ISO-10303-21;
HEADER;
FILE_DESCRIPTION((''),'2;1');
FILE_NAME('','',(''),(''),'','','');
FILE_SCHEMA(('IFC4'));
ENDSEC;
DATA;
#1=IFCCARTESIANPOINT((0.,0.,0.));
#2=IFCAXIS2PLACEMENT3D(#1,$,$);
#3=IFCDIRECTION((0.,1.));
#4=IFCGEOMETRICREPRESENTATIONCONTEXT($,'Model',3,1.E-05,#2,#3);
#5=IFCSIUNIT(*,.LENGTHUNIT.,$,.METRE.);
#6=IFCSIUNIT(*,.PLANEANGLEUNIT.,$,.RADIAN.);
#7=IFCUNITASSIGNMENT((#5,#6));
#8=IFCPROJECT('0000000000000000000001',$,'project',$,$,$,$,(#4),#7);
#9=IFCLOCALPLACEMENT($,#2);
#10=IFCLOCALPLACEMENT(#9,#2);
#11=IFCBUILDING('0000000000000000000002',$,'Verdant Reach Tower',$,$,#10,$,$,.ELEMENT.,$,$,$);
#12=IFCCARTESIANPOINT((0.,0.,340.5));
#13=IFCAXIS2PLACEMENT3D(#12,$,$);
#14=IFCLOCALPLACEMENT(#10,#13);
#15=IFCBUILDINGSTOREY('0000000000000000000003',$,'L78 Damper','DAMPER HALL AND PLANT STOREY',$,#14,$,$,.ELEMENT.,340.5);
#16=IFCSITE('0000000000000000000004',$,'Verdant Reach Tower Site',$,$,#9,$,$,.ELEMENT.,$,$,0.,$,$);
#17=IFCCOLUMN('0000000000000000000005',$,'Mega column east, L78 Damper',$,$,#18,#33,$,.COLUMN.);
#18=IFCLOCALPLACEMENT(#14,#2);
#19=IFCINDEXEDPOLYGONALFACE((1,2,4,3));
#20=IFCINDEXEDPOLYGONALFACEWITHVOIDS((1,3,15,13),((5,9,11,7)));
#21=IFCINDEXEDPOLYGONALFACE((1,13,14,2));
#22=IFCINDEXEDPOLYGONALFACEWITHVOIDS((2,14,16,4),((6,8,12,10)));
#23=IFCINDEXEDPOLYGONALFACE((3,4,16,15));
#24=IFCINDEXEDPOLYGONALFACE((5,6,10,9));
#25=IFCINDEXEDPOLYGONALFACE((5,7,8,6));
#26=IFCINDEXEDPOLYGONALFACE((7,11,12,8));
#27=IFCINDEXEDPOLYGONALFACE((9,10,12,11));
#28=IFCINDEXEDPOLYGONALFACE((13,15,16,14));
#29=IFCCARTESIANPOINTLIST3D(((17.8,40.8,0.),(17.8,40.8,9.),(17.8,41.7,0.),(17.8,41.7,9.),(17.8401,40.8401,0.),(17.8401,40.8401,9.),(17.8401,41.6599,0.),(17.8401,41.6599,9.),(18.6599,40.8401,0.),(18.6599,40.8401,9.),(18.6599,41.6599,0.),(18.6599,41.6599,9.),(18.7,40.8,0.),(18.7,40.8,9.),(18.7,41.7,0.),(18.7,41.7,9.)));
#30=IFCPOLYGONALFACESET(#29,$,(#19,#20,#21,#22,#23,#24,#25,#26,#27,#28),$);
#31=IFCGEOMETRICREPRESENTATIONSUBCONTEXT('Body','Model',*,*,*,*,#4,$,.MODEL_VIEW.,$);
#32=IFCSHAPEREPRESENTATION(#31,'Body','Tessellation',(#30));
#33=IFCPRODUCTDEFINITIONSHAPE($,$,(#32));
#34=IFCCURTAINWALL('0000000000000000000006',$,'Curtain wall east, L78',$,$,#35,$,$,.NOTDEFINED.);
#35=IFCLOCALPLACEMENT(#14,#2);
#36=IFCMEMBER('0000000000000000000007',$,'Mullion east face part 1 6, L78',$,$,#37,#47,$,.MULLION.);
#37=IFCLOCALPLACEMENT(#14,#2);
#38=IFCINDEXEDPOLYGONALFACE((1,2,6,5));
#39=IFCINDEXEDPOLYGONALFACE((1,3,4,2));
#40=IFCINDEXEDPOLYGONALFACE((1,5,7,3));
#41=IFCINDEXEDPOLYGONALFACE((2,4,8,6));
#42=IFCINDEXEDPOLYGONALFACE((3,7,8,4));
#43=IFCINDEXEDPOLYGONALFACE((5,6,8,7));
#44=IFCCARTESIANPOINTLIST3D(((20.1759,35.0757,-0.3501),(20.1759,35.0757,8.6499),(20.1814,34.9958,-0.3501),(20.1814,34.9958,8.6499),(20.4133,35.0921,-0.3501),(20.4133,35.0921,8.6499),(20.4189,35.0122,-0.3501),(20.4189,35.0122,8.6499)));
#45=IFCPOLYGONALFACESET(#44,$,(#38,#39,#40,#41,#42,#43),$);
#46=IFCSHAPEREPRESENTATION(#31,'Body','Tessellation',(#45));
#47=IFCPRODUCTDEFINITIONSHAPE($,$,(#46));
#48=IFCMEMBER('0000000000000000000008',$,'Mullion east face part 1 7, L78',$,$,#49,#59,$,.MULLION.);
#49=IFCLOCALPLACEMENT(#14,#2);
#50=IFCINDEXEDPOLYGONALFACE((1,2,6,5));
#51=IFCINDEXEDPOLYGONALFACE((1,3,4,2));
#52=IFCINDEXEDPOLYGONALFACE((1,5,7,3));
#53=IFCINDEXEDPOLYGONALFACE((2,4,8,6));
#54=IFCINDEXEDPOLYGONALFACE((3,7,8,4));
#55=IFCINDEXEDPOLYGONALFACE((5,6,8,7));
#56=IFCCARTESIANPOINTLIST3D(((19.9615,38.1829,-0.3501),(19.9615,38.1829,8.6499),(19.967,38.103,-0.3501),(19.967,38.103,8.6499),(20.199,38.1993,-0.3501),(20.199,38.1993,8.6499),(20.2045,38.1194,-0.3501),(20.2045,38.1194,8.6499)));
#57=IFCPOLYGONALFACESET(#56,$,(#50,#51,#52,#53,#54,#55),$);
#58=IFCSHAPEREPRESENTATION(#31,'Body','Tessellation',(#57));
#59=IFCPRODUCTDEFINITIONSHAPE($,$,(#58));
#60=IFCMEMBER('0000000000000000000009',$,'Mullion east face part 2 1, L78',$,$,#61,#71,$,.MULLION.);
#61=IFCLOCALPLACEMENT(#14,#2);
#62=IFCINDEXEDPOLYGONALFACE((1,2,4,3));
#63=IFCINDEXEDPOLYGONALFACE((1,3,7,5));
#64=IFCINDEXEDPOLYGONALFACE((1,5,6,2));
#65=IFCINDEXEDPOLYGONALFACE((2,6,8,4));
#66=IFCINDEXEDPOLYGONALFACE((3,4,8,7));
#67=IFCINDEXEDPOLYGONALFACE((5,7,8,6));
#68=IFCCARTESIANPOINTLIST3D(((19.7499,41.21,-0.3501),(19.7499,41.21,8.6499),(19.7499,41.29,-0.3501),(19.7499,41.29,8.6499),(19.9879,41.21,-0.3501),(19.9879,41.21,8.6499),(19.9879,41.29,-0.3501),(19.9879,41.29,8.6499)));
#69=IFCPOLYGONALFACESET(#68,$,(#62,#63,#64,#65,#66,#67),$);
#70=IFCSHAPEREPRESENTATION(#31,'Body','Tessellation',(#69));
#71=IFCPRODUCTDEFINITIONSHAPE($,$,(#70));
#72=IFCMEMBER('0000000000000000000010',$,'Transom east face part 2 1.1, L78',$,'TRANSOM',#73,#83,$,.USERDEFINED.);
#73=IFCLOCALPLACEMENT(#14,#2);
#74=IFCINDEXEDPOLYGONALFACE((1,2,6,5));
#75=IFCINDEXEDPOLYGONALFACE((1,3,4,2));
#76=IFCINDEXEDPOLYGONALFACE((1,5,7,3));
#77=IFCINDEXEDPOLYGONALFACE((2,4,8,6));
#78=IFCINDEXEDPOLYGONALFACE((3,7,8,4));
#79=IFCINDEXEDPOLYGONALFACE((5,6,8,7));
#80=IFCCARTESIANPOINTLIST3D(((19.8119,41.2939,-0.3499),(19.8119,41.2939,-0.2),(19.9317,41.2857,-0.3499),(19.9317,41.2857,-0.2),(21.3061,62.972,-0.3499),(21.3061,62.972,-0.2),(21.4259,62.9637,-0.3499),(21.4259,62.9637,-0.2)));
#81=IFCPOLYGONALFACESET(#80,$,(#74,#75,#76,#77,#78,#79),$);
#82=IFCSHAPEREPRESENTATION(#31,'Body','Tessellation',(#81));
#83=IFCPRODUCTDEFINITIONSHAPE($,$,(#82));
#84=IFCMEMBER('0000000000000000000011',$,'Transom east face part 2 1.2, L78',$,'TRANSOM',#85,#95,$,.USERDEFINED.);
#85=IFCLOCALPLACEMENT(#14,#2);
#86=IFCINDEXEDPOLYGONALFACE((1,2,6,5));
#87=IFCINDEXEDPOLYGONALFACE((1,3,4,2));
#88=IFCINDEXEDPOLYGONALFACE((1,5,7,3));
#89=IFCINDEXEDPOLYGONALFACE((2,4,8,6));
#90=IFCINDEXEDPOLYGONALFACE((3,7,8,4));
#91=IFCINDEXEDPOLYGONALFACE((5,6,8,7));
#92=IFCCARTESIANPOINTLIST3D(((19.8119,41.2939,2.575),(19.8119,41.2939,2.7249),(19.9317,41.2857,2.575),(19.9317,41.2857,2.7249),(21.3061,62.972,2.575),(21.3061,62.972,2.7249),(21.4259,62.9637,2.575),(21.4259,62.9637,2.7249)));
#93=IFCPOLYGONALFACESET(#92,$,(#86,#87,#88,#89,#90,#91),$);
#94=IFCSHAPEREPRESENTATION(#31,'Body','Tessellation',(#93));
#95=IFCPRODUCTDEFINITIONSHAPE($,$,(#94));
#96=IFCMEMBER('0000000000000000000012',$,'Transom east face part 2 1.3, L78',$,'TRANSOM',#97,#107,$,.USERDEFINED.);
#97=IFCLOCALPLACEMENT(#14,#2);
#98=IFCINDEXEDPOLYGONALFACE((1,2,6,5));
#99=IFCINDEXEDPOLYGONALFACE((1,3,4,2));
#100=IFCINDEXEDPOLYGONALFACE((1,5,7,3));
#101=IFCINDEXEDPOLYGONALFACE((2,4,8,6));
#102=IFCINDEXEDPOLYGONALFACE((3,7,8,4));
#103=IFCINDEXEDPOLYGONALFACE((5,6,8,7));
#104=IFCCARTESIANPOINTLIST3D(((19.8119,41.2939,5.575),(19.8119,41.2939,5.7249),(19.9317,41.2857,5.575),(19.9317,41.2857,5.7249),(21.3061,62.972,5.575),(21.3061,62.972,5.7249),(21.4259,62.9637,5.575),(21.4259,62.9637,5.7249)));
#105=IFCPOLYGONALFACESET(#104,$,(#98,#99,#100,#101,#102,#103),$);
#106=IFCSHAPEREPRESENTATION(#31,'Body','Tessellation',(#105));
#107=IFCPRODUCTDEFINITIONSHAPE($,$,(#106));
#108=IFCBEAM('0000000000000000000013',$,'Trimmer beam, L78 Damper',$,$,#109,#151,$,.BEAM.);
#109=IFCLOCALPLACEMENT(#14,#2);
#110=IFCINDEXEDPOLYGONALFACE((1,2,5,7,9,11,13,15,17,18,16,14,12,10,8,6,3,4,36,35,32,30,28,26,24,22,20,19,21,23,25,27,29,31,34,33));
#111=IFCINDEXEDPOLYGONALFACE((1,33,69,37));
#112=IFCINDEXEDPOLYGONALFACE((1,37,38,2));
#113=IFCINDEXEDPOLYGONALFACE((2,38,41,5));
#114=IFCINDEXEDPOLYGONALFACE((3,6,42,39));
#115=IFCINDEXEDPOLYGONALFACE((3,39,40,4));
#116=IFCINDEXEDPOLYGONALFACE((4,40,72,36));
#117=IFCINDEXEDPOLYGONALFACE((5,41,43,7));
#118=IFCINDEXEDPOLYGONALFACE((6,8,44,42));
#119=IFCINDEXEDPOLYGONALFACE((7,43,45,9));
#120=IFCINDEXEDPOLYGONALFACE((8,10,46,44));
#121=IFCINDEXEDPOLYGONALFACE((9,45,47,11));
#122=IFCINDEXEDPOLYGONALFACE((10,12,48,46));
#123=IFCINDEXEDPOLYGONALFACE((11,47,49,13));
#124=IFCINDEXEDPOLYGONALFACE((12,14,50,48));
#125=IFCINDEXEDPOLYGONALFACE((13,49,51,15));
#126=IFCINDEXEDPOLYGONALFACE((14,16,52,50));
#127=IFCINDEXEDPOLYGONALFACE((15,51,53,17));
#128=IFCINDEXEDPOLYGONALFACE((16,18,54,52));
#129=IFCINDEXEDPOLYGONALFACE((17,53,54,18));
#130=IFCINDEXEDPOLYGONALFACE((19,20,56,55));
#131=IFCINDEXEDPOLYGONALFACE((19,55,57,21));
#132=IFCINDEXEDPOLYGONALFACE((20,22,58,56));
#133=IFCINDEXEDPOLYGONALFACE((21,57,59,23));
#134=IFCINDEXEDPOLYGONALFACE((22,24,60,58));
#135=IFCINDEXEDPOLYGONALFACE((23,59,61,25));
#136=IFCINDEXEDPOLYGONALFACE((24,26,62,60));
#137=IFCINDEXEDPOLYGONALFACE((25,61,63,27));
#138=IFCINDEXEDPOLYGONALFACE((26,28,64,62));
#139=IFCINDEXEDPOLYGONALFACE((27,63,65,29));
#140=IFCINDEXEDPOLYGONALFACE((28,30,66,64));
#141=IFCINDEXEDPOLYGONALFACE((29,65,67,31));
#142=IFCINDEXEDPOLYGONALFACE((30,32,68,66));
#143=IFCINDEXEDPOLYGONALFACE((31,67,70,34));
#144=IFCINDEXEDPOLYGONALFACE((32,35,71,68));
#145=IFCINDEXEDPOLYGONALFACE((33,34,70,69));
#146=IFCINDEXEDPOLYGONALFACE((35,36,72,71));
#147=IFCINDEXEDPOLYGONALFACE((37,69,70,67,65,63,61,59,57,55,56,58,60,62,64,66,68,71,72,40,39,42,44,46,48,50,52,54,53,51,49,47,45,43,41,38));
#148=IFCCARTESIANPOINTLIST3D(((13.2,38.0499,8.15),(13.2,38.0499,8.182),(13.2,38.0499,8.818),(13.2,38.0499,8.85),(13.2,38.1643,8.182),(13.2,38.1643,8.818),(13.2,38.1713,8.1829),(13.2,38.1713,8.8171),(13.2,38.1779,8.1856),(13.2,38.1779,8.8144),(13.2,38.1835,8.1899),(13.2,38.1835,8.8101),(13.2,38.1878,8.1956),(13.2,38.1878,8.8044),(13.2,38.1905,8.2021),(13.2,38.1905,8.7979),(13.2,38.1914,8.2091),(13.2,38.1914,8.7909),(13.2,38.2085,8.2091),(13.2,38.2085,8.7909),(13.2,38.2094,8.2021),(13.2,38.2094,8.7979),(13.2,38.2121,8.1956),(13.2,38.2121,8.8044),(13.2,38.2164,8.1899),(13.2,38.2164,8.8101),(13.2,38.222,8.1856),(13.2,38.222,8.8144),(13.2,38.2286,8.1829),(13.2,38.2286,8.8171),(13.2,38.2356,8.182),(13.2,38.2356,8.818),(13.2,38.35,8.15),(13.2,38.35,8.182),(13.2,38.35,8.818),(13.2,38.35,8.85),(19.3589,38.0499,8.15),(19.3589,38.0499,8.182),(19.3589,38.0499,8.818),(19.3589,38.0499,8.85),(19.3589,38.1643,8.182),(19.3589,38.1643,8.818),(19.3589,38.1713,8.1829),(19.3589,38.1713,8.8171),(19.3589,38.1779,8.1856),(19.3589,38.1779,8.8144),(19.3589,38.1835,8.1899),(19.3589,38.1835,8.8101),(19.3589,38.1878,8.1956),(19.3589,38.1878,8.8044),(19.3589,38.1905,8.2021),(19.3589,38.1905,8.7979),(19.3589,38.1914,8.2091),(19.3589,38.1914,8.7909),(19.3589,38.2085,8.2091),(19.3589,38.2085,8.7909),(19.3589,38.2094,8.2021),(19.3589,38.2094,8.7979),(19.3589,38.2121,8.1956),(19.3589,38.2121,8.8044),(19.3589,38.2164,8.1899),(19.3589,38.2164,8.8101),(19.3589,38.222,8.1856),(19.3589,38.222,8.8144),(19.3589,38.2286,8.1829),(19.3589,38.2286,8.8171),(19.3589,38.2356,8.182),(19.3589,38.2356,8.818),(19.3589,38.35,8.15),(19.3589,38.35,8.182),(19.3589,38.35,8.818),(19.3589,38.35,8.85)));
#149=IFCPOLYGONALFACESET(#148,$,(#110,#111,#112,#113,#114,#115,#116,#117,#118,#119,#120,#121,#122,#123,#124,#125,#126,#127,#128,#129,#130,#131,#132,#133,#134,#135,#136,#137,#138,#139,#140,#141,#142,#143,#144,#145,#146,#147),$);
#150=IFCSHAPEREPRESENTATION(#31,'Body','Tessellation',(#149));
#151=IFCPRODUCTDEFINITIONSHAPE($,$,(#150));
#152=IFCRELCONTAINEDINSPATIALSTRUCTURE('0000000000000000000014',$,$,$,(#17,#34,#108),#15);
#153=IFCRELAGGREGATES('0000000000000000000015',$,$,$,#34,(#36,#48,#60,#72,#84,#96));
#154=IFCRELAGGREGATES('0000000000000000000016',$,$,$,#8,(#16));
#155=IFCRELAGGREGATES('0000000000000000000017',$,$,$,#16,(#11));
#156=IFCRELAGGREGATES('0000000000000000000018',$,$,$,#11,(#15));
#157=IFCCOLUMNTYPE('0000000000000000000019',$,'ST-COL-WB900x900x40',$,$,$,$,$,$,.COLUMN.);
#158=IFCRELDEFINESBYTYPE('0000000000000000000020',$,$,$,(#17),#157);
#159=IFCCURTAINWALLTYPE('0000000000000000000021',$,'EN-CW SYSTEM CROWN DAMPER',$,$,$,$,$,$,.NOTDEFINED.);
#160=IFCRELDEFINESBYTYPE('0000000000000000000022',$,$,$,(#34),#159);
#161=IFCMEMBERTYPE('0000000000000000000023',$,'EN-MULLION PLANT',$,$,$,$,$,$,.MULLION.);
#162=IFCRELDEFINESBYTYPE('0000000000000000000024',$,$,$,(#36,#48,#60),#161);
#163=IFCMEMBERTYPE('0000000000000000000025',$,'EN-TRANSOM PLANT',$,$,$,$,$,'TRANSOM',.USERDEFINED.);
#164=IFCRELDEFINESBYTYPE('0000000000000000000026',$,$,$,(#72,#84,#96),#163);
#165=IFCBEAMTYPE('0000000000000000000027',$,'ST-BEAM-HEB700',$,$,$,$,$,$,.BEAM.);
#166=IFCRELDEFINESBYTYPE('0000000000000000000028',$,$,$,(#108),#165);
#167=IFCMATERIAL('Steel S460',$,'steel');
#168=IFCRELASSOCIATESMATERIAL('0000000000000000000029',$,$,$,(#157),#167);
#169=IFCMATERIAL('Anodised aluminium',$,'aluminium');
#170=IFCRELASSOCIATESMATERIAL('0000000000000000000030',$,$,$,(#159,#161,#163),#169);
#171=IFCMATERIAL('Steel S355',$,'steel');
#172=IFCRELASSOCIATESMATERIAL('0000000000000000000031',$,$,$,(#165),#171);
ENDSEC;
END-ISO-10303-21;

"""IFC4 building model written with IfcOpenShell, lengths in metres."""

from ifc_helpers import new_model, si_unit, direction, frame, origin, origin_2d, place, context, subcontext, project, spatial, rectangle, hollow_rectangle, i_section, extrude, material, material_profile, profile_set, type_object, element, aggregate, save


model = new_model("IFC4")

# Units and contexts
model_context = context("Model", 3, precision=1e-05, world=origin(), true_north=direction((0.0, 1.0)))
body_context = subcontext(model_context, "Body", "Model", "MODEL_VIEW")
ifc_project = project(units=[si_unit("LENGTHUNIT", "METRE"), si_unit("PLANEANGLEUNIT", "RADIAN")], contexts=[model_context])

# Site, building, storey
site_placement = place(None, origin())
site = spatial("IfcSite", under=ifc_project, at=site_placement, Name="Verdant Reach Tower Site", CompositionType="ELEMENT", RefElevation=0.0)
building_placement = place(site_placement, origin())
building = spatial("IfcBuilding", under=site, at=building_placement, Name="Verdant Reach Tower", CompositionType="ELEMENT")
storey_placement = place(building_placement, frame((0.0, 0.0, 340.5)))
storey = spatial("IfcBuildingStorey", under=building, at=storey_placement, Name="L78 Damper", Description="DAMPER HALL AND PLANT STOREY", CompositionType="ELEMENT", Elevation=340.5)

# Column
ifc_material_1 = material(Name="Steel S460", Category="steel")
ifc_material_profile_1 = material_profile(ifc_material_1, hollow_rectangle(XDim=0.8999, YDim=0.8999, WallThickness=0.04, at=origin_2d()), Name="WB 900x900x40")
ifc_profile_set_1 = profile_set([ifc_material_profile_1], Name="Steel S460")
column_type = type_object("IfcColumnType", Name="ST-COL-WB900x900x40", PredefinedType="COLUMN", material=ifc_profile_set_1)
column_placement = place(storey_placement, frame((18.25, 41.25, 0.0), z_axis=(0.0, 0.0, 1.0), x_axis=(1.0, 0.0, 0.0)))
element("IfcColumn", 1, at=column_placement, inside=storey, type_object=column_type, Name="Mega column east, L78 Damper", PredefinedType="COLUMN", context=body_context, shape_type="SweptSolid", body=[
    extrude(hollow_rectangle(XDim=0.8999, YDim=0.8999, WallThickness=0.04, at=origin_2d()), origin(), (0.0, 0.0, 1.0), 9.0),
])

# Curtain wall, members
ifc_material_2 = material(Name="Anodised aluminium", Category="aluminium")
curtain_wall_type = type_object("IfcCurtainWallType", Name="EN-CW SYSTEM CROWN DAMPER", PredefinedType="NOTDEFINED", material=ifc_material_2)
curtain_wall_placement = place(storey_placement, origin())
curtain_wall = element("IfcCurtainWall", 2, at=curtain_wall_placement, inside=storey, type_object=curtain_wall_type, Name="Curtain wall east, L78", PredefinedType="NOTDEFINED")
ifc_material_profile_2 = material_profile(ifc_material_2, rectangle(XDim=0.238, YDim=0.0801, at=origin_2d()), Name="Mullion 80x240")
ifc_profile_set_2 = profile_set([ifc_material_profile_2], Name="Anodised aluminium")
member_type_1 = type_object("IfcMemberType", Name="EN-MULLION PLANT", PredefinedType="MULLION", material=ifc_profile_set_2)
member_1_placement = place(storey_placement, frame((20.2974, 35.0439, -0.3501), z_axis=(0.0, 0.0, 1.0), x_axis=(0.99763, 0.068802, 0.0)))
member_1 = element("IfcMember", 3, at=member_1_placement, type_object=member_type_1, Name="Mullion east face part 1 6, L78", PredefinedType="MULLION", context=body_context, shape_type="SweptSolid", body=[
    extrude(rectangle(XDim=0.238, YDim=0.0801, at=origin_2d()), origin(), (0.0, 0.0, 1.0), 9.0),
])
member_2_placement = place(storey_placement, frame((20.083, 38.1511, -0.3501), z_axis=(0.0, 0.0, 1.0), x_axis=(0.99763, 0.068802, 0.0)))
member_2 = element("IfcMember", 4, at=member_2_placement, type_object=member_type_1, Name="Mullion east face part 1 7, L78", PredefinedType="MULLION", context=body_context, shape_type="SweptSolid", body=[
    extrude(rectangle(XDim=0.238, YDim=0.0801, at=origin_2d()), origin(), (0.0, 0.0, 1.0), 9.0),
])
member_3_placement = place(storey_placement, frame((19.8689, 41.25, -0.3501), z_axis=(0.0, 0.0, 1.0), x_axis=(1.0, 0.0, 0.0)))
member_3 = element("IfcMember", 5, at=member_3_placement, type_object=member_type_1, Name="Mullion east face part 2 1, L78", PredefinedType="MULLION", context=body_context, shape_type="SweptSolid", body=[
    extrude(rectangle(XDim=0.238, YDim=0.0801, at=origin_2d()), origin(), (0.0, 0.0, 1.0), 9.0),
])
ifc_material_profile_3 = material_profile(ifc_material_2, rectangle(XDim=0.1201, YDim=0.1499, at=origin_2d()), Name="Transom 150x120")
ifc_profile_set_3 = profile_set([ifc_material_profile_3], Name="Anodised aluminium")
member_type_2 = type_object("IfcMemberType", Name="EN-TRANSOM PLANT", ElementType="TRANSOM", PredefinedType="USERDEFINED", material=ifc_profile_set_3)
member_4_placement = place(storey_placement, frame((19.8718, 41.2898, -0.2749), z_axis=(0.068761, 0.997633, 0.0), x_axis=(-0.997633, 0.068761, 0.0)))
member_4 = element("IfcMember", 6, at=member_4_placement, type_object=member_type_2, Name="Transom east face part 2 1.1, L78", ObjectType="TRANSOM", PredefinedType="USERDEFINED", context=body_context, shape_type="SweptSolid", body=[
    extrude(rectangle(XDim=0.1201, YDim=0.1499, at=origin_2d()), origin(), (0.0, 0.0, 1.0), 21.7295),
])
member_5_placement = place(storey_placement, frame((19.8718, 41.2898, 2.6499), z_axis=(0.068761, 0.997633, 0.0), x_axis=(-0.997633, 0.068761, 0.0)))
member_5 = element("IfcMember", 7, at=member_5_placement, type_object=member_type_2, Name="Transom east face part 2 1.2, L78", ObjectType="TRANSOM", PredefinedType="USERDEFINED", context=body_context, shape_type="SweptSolid", body=[
    extrude(rectangle(XDim=0.1201, YDim=0.1499, at=origin_2d()), origin(), (0.0, 0.0, 1.0), 21.7295),
])
member_6_placement = place(storey_placement, frame((19.8718, 41.2898, 5.6499), z_axis=(0.068761, 0.997633, 0.0), x_axis=(-0.997633, 0.068761, 0.0)))
member_6 = element("IfcMember", 8, at=member_6_placement, type_object=member_type_2, Name="Transom east face part 2 1.3, L78", ObjectType="TRANSOM", PredefinedType="USERDEFINED", context=body_context, shape_type="SweptSolid", body=[
    extrude(rectangle(XDim=0.1201, YDim=0.1499, at=origin_2d()), origin(), (0.0, 0.0, 1.0), 21.7295),
])

# Beam
ifc_material_3 = material(Name="Steel S355", Category="steel")
ifc_material_profile_4 = material_profile(ifc_material_3, i_section(OverallWidth=0.3, OverallDepth=0.7, WebThickness=0.0171, FlangeThickness=0.032, FilletRadius=0.0271, at=origin_2d()), Name="HEB 700")
ifc_profile_set_4 = profile_set([ifc_material_profile_4], Name="Steel S355")
beam_type_1 = type_object("IfcBeamType", Name="ST-BEAM-HEB700", PredefinedType="BEAM", material=ifc_profile_set_4)
beam_1_placement = place(storey_placement, frame((13.2, 38.2, 8.5), z_axis=(1.0, 0.0, 0.0), x_axis=(0.0, 1.0, 0.0)))
element("IfcBeam", 9, at=beam_1_placement, inside=storey, type_object=beam_type_1, Name="Trimmer beam, L78 Damper", PredefinedType="BEAM", context=body_context, shape_type="SweptSolid", body=[
    extrude(i_section(OverallWidth=0.3, OverallDepth=0.7, WebThickness=0.0171, FlangeThickness=0.032, FilletRadius=0.0271, at=origin_2d()), origin(), (0.0, 0.0, 1.0), 6.1589),
])

aggregate(curtain_wall, [member_1, member_2, member_3, member_4, member_5, member_6])

save(model, "model.ifc")
